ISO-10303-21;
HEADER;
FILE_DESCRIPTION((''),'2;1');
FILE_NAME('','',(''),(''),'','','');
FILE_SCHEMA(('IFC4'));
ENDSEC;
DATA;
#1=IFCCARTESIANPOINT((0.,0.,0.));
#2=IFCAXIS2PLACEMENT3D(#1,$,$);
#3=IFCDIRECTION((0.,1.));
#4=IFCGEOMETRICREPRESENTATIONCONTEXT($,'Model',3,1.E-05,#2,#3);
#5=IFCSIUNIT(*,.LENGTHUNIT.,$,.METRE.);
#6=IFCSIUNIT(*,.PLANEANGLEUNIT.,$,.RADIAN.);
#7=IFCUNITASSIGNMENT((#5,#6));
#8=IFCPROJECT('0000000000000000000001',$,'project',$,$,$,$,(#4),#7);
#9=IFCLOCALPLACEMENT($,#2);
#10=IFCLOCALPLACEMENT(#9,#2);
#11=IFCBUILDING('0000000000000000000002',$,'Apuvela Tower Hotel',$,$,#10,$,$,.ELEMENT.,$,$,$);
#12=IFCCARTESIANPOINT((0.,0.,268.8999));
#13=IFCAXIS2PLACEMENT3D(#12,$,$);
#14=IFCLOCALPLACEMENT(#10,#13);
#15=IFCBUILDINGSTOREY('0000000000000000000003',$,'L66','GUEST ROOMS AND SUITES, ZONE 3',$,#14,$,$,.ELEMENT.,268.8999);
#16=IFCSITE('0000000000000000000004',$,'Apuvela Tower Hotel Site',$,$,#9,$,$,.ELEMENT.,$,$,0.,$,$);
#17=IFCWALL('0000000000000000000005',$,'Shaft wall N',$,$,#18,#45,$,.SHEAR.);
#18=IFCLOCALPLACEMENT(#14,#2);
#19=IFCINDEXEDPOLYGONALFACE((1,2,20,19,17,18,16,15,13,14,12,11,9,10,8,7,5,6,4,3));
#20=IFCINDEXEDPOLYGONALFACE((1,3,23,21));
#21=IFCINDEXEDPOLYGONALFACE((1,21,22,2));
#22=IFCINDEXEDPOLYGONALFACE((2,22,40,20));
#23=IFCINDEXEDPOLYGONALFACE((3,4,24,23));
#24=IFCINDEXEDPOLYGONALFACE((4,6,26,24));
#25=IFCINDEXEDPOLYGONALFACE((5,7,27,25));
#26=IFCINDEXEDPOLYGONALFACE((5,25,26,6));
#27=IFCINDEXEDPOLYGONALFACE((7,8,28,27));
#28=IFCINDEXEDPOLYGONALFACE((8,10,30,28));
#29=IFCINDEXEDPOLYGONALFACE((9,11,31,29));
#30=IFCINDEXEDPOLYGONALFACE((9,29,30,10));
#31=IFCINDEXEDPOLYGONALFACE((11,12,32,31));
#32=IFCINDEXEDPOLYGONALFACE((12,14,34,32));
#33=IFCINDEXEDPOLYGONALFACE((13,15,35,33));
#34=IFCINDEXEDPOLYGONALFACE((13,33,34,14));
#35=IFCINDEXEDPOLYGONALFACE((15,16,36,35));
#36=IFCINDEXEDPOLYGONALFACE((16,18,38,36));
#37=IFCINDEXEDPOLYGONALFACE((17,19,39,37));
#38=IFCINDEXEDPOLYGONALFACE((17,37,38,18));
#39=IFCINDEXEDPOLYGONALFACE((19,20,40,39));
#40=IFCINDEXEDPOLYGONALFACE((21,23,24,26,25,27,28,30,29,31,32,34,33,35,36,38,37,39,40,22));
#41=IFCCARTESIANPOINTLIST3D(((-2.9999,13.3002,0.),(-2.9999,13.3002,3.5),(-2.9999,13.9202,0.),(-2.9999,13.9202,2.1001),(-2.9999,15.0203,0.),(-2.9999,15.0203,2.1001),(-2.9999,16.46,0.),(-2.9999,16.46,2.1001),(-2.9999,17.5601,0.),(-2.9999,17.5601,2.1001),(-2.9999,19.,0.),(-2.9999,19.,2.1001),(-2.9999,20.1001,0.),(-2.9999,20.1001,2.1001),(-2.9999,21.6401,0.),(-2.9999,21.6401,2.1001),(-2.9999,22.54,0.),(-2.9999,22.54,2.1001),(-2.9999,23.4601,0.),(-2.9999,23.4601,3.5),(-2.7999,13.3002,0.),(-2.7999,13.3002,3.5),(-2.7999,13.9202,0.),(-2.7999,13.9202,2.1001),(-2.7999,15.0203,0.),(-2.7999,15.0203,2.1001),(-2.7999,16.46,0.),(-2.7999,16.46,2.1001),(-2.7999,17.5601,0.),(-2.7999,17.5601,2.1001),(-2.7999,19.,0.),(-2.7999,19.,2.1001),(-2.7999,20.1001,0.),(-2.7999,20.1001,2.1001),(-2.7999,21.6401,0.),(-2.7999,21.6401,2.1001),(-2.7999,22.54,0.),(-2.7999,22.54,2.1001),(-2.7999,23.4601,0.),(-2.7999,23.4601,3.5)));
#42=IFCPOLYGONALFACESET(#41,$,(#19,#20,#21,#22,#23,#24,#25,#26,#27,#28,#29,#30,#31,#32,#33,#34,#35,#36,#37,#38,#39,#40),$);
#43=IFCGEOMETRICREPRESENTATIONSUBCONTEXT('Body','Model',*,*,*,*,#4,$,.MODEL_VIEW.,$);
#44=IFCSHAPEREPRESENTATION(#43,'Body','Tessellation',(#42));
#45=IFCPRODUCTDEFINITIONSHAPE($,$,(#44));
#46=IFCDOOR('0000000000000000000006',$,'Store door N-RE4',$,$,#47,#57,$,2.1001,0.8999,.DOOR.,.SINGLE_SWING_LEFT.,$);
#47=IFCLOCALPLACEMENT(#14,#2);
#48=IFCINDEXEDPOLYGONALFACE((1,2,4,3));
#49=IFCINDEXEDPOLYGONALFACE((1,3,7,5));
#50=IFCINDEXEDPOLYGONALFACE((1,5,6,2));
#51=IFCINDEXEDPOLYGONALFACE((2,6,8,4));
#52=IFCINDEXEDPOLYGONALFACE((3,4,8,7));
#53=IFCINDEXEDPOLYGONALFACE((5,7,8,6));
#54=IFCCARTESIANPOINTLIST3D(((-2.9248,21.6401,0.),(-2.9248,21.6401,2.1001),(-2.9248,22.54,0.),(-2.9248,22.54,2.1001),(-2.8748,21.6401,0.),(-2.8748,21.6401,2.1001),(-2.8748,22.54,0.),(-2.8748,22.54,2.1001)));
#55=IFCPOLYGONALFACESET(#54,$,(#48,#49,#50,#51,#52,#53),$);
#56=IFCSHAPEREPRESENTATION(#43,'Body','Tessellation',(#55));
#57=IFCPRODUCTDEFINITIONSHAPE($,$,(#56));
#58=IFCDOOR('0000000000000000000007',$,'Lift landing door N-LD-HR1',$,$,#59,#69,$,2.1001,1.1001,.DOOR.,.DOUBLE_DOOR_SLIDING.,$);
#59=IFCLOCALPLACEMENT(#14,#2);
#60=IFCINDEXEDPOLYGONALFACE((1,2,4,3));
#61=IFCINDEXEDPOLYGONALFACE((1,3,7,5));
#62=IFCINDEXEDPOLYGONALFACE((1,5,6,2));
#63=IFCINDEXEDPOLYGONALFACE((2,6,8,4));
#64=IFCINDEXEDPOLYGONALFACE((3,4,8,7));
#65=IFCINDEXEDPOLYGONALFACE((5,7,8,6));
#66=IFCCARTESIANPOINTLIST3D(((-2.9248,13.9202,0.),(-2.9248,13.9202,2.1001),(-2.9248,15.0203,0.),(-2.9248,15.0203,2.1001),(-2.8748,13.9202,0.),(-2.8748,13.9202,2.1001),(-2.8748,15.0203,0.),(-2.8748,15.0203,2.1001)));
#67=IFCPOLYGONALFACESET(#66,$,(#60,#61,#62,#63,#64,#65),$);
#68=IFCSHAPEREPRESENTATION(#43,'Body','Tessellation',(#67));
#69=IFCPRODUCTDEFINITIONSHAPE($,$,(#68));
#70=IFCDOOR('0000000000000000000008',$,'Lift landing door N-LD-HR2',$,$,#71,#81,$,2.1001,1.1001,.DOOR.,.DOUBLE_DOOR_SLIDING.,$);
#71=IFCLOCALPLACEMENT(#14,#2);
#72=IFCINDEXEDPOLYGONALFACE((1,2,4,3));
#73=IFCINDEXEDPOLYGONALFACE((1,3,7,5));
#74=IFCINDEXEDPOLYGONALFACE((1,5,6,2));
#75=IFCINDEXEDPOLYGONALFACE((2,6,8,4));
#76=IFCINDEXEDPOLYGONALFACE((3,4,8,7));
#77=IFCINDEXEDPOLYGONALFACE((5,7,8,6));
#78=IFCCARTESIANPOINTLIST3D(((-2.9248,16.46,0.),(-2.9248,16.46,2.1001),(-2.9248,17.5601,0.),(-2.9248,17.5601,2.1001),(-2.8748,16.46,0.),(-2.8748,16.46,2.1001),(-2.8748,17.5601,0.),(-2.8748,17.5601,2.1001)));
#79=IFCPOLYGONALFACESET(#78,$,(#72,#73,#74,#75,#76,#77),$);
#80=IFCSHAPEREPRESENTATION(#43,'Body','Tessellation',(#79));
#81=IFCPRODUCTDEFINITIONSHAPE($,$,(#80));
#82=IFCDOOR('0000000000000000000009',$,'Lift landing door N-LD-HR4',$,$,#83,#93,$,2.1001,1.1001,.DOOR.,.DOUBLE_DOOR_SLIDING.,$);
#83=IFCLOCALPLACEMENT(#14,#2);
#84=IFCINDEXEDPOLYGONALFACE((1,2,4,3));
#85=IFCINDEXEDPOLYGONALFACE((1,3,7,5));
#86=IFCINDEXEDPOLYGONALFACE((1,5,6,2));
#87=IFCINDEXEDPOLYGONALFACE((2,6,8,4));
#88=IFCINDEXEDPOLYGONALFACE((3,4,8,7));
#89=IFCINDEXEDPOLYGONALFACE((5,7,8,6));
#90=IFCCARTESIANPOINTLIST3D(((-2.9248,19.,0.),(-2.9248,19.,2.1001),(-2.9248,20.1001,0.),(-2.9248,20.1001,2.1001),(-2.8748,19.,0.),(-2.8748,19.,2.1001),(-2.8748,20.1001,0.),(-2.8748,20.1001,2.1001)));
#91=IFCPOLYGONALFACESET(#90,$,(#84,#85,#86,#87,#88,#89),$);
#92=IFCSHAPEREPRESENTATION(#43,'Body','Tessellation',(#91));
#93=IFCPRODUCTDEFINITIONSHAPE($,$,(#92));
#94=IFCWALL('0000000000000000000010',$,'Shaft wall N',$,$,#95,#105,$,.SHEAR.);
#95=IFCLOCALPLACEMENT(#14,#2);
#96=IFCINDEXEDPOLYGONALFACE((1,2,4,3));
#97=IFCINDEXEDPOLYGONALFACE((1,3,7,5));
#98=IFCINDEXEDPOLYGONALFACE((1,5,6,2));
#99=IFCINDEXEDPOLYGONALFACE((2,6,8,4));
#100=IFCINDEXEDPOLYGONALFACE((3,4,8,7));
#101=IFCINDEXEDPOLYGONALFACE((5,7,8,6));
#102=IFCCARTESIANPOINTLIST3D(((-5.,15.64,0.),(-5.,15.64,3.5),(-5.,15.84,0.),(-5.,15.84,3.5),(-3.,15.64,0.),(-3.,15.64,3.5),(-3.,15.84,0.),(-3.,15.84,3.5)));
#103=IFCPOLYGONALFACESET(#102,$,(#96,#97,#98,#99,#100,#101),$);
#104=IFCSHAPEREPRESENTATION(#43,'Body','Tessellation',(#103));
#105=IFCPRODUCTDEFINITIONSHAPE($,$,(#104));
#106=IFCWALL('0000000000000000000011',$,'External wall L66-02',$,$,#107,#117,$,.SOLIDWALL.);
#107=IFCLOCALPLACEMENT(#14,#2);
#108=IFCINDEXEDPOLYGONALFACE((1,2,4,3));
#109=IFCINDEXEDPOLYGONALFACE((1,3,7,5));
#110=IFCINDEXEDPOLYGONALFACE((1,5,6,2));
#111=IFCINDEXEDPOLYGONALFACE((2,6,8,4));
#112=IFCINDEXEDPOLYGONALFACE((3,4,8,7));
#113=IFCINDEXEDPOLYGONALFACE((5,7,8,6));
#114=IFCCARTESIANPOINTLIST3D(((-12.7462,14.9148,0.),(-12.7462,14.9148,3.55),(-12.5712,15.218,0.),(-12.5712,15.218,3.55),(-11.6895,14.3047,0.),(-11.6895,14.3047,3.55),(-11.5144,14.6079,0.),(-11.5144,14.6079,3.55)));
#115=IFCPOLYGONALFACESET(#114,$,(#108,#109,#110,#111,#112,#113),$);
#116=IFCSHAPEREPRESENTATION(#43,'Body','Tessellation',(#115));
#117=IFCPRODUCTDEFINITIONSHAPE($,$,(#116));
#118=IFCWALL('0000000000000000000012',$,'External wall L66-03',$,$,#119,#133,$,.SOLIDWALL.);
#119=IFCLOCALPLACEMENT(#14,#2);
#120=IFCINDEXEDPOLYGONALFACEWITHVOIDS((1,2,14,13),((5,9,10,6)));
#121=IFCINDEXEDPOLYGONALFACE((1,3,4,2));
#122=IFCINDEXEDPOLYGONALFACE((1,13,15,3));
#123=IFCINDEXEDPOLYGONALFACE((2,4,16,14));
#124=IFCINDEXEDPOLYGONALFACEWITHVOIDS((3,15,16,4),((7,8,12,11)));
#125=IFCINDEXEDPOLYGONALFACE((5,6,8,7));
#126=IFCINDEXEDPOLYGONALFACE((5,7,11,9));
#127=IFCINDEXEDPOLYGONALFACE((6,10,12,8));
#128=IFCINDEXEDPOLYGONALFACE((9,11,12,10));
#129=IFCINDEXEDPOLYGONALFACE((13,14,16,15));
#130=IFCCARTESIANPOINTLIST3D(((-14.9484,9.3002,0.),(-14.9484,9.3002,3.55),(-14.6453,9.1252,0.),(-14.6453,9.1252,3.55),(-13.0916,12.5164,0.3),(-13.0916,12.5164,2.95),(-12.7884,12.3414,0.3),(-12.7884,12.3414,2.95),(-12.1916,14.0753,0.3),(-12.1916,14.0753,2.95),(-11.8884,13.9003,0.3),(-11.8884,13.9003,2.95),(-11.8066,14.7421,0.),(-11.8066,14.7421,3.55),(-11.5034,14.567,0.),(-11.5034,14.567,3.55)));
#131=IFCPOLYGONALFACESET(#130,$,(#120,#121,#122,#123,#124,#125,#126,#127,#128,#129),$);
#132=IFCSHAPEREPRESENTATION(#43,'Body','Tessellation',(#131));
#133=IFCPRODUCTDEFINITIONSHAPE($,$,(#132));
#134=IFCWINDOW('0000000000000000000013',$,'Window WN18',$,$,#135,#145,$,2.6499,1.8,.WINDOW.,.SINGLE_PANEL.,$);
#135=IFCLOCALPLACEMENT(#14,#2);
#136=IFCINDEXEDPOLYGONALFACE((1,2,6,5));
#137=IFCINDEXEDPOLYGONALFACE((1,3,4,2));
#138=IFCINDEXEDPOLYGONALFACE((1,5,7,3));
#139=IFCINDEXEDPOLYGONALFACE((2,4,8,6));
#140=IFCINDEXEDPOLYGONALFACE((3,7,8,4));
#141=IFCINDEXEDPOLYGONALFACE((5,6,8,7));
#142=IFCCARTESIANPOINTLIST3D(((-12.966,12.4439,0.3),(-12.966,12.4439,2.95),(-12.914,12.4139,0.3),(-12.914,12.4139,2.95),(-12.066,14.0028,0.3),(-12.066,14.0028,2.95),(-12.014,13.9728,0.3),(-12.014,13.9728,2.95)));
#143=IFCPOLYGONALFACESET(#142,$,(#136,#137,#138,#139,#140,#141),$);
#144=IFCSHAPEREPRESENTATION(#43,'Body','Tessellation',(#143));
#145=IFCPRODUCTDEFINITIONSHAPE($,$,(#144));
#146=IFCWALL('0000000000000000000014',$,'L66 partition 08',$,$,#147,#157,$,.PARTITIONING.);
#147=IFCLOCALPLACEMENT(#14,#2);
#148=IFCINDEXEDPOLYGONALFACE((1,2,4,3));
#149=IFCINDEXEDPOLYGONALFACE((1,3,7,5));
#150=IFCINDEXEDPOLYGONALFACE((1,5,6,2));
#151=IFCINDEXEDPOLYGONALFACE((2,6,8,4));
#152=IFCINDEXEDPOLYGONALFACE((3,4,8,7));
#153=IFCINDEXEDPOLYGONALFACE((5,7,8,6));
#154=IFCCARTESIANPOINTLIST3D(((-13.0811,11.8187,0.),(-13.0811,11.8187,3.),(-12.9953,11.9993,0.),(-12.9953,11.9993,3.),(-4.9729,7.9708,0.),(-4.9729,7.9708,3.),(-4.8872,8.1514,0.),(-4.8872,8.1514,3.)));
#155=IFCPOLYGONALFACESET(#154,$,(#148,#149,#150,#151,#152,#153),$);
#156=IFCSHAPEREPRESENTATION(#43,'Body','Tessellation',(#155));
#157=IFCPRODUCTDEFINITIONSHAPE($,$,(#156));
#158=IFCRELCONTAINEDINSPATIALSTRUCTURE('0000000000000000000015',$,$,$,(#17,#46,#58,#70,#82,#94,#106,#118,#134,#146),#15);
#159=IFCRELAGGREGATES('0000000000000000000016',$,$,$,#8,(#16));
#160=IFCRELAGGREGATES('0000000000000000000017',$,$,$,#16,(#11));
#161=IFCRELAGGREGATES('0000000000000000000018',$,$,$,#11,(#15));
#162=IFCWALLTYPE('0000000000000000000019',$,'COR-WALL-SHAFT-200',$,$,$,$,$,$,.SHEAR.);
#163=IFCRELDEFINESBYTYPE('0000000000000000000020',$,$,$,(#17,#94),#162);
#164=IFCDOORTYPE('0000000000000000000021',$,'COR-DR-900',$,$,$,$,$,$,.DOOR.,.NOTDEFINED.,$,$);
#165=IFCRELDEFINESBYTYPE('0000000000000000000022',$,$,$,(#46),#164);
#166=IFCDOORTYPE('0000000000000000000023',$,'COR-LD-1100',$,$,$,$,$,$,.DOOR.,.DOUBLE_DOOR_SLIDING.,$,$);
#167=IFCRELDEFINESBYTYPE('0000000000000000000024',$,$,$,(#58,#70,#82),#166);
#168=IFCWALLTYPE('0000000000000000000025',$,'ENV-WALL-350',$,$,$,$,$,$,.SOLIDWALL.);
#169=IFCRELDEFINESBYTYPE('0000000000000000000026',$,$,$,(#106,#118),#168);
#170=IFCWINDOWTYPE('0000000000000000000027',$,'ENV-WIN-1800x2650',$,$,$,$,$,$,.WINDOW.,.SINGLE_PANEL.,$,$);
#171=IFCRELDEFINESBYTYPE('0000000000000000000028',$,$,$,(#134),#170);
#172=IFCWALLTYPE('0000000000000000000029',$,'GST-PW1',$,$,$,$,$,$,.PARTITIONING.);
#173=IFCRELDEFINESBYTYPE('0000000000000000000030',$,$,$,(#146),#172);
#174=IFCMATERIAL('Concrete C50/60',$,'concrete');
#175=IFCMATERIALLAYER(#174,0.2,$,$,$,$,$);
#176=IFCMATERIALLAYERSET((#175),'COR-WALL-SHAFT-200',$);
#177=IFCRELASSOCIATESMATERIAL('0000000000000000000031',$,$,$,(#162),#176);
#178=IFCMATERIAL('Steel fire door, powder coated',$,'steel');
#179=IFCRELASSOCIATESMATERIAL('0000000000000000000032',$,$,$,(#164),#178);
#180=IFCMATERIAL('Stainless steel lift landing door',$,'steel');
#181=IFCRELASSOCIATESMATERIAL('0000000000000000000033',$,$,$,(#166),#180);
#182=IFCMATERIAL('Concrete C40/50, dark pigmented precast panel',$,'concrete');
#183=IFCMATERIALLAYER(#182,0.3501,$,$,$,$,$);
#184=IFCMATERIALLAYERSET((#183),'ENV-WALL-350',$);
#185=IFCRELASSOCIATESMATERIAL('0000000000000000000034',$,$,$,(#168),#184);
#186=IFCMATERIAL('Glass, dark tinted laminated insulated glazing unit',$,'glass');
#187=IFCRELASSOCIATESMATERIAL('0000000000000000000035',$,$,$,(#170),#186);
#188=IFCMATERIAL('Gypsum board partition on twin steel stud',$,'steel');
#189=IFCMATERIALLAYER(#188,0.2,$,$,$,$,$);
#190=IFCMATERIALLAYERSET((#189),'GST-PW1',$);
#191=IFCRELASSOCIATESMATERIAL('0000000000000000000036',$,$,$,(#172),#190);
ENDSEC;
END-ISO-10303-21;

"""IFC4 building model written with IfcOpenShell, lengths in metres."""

from ifc_helpers import new_model, si_unit, direction, frame, frame_2d, origin, place, context, subcontext, project, spatial, rectangle, extrude, material, layer, layer_set, type_object, element, fill, save


model = new_model("IFC4")

# Units and contexts
model_context = context("Model", 3, precision=1e-05, world=origin(), true_north=direction((0.0, 1.0)))
body_context = subcontext(model_context, "Body", "Model", "MODEL_VIEW")
ifc_project = project(units=[si_unit("LENGTHUNIT", "METRE"), si_unit("PLANEANGLEUNIT", "RADIAN")], contexts=[model_context])

# Site, building, storey
site_placement = place(None, origin())
site = spatial("IfcSite", under=ifc_project, at=site_placement, Name="Apuvela Tower Hotel Site", CompositionType="ELEMENT", RefElevation=0.0)
building_placement = place(site_placement, origin())
building = spatial("IfcBuilding", under=site, at=building_placement, Name="Apuvela Tower Hotel", CompositionType="ELEMENT")
storey_placement = place(building_placement, frame((0.0, 0.0, 268.8999)))
storey = spatial("IfcBuildingStorey", under=building, at=storey_placement, Name="L66", Description="GUEST ROOMS AND SUITES, ZONE 3", CompositionType="ELEMENT", Elevation=268.8999)

# Shared definitions
ifc_material_1 = material(Name="Concrete C50/60", Category="concrete")
ifc_layer_1 = layer(ifc_material_1, 0.2)
ifc_layer_set_1 = layer_set([ifc_layer_1], Name="COR-WALL-SHAFT-200")
wall_type_1 = type_object("IfcWallType", Name="COR-WALL-SHAFT-200", PredefinedType="SHEAR", material=ifc_layer_set_1)

# Wall, openings, doors
wall_1_placement = place(storey_placement, frame((-2.8999, 13.3, 0.0), z_axis=(0.0, 0.0, 1.0), x_axis=(0.0, 1.0, 0.0)))
wall_1 = element("IfcWall", 1, at=wall_1_placement, inside=storey, type_object=wall_type_1, Name="Shaft wall N", PredefinedType="SHEAR", context=body_context, shape_type="SweptSolid", body=[
    extrude(rectangle(XDim=10.1599, YDim=0.2, at=frame_2d((5.0801, 0.0))), origin(), (0.0, 0.0, 1.0), 3.5),
])
opening_1_placement = place(wall_1_placement, frame((0.6201, 0.0, 0.0)))
opening_1 = element("IfcOpeningElement", 2, at=opening_1_placement, cuts=wall_1, PredefinedType="OPENING", context=body_context, shape_type="SweptSolid", body=[
    extrude(rectangle(XDim=1.1001, YDim=2.1001, at=frame_2d((0.55, 1.05))), frame((0.0, 0.1099, 0.0), z_axis=(0.0, -1.0, 0.0), x_axis=(1.0, 0.0, 0.0)), (0.0, 0.0, 1.0), 0.22),
])
opening_2_placement = place(wall_1_placement, frame((3.1599, 0.0, 0.0)))
opening_2 = element("IfcOpeningElement", 3, at=opening_2_placement, cuts=wall_1, PredefinedType="OPENING", context=body_context, shape_type="SweptSolid", body=[
    extrude(rectangle(XDim=1.1001, YDim=2.1001, at=frame_2d((0.55, 1.05))), frame((0.0, 0.1099, 0.0), z_axis=(0.0, -1.0, 0.0), x_axis=(1.0, 0.0, 0.0)), (0.0, 0.0, 1.0), 0.22),
])
opening_3_placement = place(wall_1_placement, frame((5.7, 0.0, 0.0)))
opening_3 = element("IfcOpeningElement", 4, at=opening_3_placement, cuts=wall_1, PredefinedType="OPENING", context=body_context, shape_type="SweptSolid", body=[
    extrude(rectangle(XDim=1.1001, YDim=2.1001, at=frame_2d((0.55, 1.05))), frame((0.0, 0.1099, 0.0), z_axis=(0.0, -1.0, 0.0), x_axis=(1.0, 0.0, 0.0)), (0.0, 0.0, 1.0), 0.22),
])
opening_4_placement = place(wall_1_placement, frame((8.3401, 0.0, 0.0)))
opening_4 = element("IfcOpeningElement", 5, at=opening_4_placement, cuts=wall_1, PredefinedType="OPENING", context=body_context, shape_type="SweptSolid", body=[
    extrude(rectangle(XDim=0.8999, YDim=2.1001, at=frame_2d((0.45, 1.05))), frame((0.0, 0.1099, 0.0), z_axis=(0.0, -1.0, 0.0), x_axis=(1.0, 0.0, 0.0)), (0.0, 0.0, 1.0), 0.22),
])
ifc_material_2 = material(Name="Steel fire door, powder coated", Category="steel")
door_type_1 = type_object("IfcDoorType", Name="COR-DR-900", OperationType="NOTDEFINED", PredefinedType="DOOR", material=ifc_material_2)
door_1_placement = place(opening_4_placement, origin())
door_1 = element("IfcDoor", 6, at=door_1_placement, inside=storey, type_object=door_type_1, Name="Store door N-RE4", OperationType="SINGLE_SWING_LEFT", OverallHeight=2.1001, OverallWidth=0.8999, PredefinedType="DOOR", context=body_context, shape_type="SweptSolid", body=[
    extrude(rectangle(XDim=0.8999, YDim=2.1001, at=frame_2d((0.45, 1.05))), frame((0.0, 0.0249, 0.0), z_axis=(0.0, -1.0, 0.0), x_axis=(1.0, 0.0, 0.0)), (0.0, 0.0, 1.0), 0.05),
])
fill(opening_4, door_1)
ifc_material_3 = material(Name="Stainless steel lift landing door", Category="steel")
door_type_2 = type_object("IfcDoorType", Name="COR-LD-1100", OperationType="DOUBLE_DOOR_SLIDING", PredefinedType="DOOR", material=ifc_material_3)
door_2_placement = place(opening_1_placement, origin())
door_2 = element("IfcDoor", 7, at=door_2_placement, inside=storey, type_object=door_type_2, Name="Lift landing door N-LD-HR1", OperationType="DOUBLE_DOOR_SLIDING", OverallHeight=2.1001, OverallWidth=1.1001, PredefinedType="DOOR", context=body_context, shape_type="SweptSolid", body=[
    extrude(rectangle(XDim=1.1001, YDim=2.1001, at=frame_2d((0.55, 1.05))), frame((0.0, 0.0249, 0.0), z_axis=(0.0, -1.0, 0.0), x_axis=(1.0, 0.0, 0.0)), (0.0, 0.0, 1.0), 0.05),
])
fill(opening_1, door_2)
door_3_placement = place(opening_2_placement, origin())
door_3 = element("IfcDoor", 8, at=door_3_placement, inside=storey, type_object=door_type_2, Name="Lift landing door N-LD-HR2", OperationType="DOUBLE_DOOR_SLIDING", OverallHeight=2.1001, OverallWidth=1.1001, PredefinedType="DOOR", context=body_context, shape_type="SweptSolid", body=[
    extrude(rectangle(XDim=1.1001, YDim=2.1001, at=frame_2d((0.55, 1.05))), frame((0.0, 0.0249, 0.0), z_axis=(0.0, -1.0, 0.0), x_axis=(1.0, 0.0, 0.0)), (0.0, 0.0, 1.0), 0.05),
])
fill(opening_2, door_3)
door_4_placement = place(opening_3_placement, origin())
door_4 = element("IfcDoor", 9, at=door_4_placement, inside=storey, type_object=door_type_2, Name="Lift landing door N-LD-HR4", OperationType="DOUBLE_DOOR_SLIDING", OverallHeight=2.1001, OverallWidth=1.1001, PredefinedType="DOOR", context=body_context, shape_type="SweptSolid", body=[
    extrude(rectangle(XDim=1.1001, YDim=2.1001, at=frame_2d((0.55, 1.05))), frame((0.0, 0.0249, 0.0), z_axis=(0.0, -1.0, 0.0), x_axis=(1.0, 0.0, 0.0)), (0.0, 0.0, 1.0), 0.05),
])
fill(opening_3, door_4)

# Walls
wall_2_placement = place(storey_placement, frame((-3.0, 15.74, 0.0), z_axis=(0.0, 0.0, 1.0), x_axis=(-1.0, 0.0, 0.0)))
element("IfcWall", 10, at=wall_2_placement, inside=storey, type_object=wall_type_1, Name="Shaft wall N", PredefinedType="SHEAR", context=body_context, shape_type="SweptSolid", body=[
    extrude(rectangle(XDim=2.0, YDim=0.2, at=frame_2d((1.0, 0.0))), origin(), (0.0, 0.0, 1.0), 3.5),
])
ifc_material_4 = material(Name="Concrete C40/50, dark pigmented precast panel", Category="concrete")
ifc_layer_2 = layer(ifc_material_4, 0.3501)
ifc_layer_set_2 = layer_set([ifc_layer_2], Name="ENV-WALL-350")
wall_type_2 = type_object("IfcWallType", Name="ENV-WALL-350", PredefinedType="SOLIDWALL", material=ifc_layer_set_2)
wall_3_placement = place(storey_placement, frame((-12.6587, 15.0664, 0.0), z_axis=(0.0, 0.0, 1.0), x_axis=(0.866006, -0.500034, 0.0)))
element("IfcWall", 11, at=wall_3_placement, inside=storey, type_object=wall_type_2, Name="External wall L66-02", PredefinedType="SOLIDWALL", context=body_context, shape_type="SweptSolid", body=[
    extrude(rectangle(XDim=1.2202, YDim=0.3501, at=frame_2d((0.6101, 0.0))), origin(), (0.0, 0.0, 1.0), 3.55),
])

# Wall, opening, window
wall_4_placement = place(storey_placement, frame((-11.655, 14.6545, 0.0), z_axis=(0.0, 0.0, 1.0), x_axis=(-0.499996, -0.866028, 0.0)))
wall_4 = element("IfcWall", 12, at=wall_4_placement, inside=storey, type_object=wall_type_2, Name="External wall L66-03", PredefinedType="SOLIDWALL", context=body_context, shape_type="SweptSolid", body=[
    extrude(rectangle(XDim=6.2837, YDim=0.3501, at=frame_2d((3.1418, 0.0))), origin(), (0.0, 0.0, 1.0), 3.55),
])
opening_5_placement = place(wall_4_placement, frame((0.77, 0.0, 0.3)))
opening_5 = element("IfcOpeningElement", 13, at=opening_5_placement, cuts=wall_4, PredefinedType="OPENING", context=body_context, shape_type="SweptSolid", body=[
    extrude(rectangle(XDim=1.8, YDim=2.6499, at=frame_2d((0.8999, 1.325))), frame((0.0, 0.1851, 0.0), z_axis=(0.0, -1.0, 0.0), x_axis=(1.0, 0.0, 0.0)), (0.0, 0.0, 1.0), 0.3701),
])
ifc_material_5 = material(Name="Glass, dark tinted laminated insulated glazing unit", Category="glass")
window_type = type_object("IfcWindowType", Name="ENV-WIN-1800x2650", PartitioningType="SINGLE_PANEL", PredefinedType="WINDOW", material=ifc_material_5)
window_placement = place(opening_5_placement, origin())
window = element("IfcWindow", 14, at=window_placement, inside=storey, type_object=window_type, Name="Window WN18", OverallHeight=2.6499, OverallWidth=1.8, PartitioningType="SINGLE_PANEL", PredefinedType="WINDOW", context=body_context, shape_type="SweptSolid", body=[
    extrude(rectangle(XDim=1.8, YDim=2.6499, at=frame_2d((0.8999, 1.325))), frame((0.0, 0.03, 0.0), z_axis=(0.0, -1.0, 0.0), x_axis=(1.0, 0.0, 0.0)), (0.0, 0.0, 1.0), 0.0601),
])
fill(opening_5, window)

# Wall
ifc_material_6 = material(Name="Gypsum board partition on twin steel stud", Category="steel")
ifc_layer_3 = layer(ifc_material_6, 0.2)
ifc_layer_set_3 = layer_set([ifc_layer_3], Name="GST-PW1")
wall_type_3 = type_object("IfcWallType", Name="GST-PW1", PredefinedType="PARTITIONING", material=ifc_layer_set_3)
wall_5_placement = place(storey_placement, frame((-13.0381, 11.9089, 0.0), z_axis=(0.0, 0.0, 1.0), x_axis=(0.903427, -0.428741, 0.0)))
element("IfcWall", 15, at=wall_5_placement, inside=storey, type_object=wall_type_3, Name="L66 partition 08", PredefinedType="PARTITIONING", context=body_context, shape_type="SweptSolid", body=[
    extrude(rectangle(XDim=8.9749, YDim=0.2, at=frame_2d((4.4873, 0.0))), origin(), (0.0, 0.0, 1.0), 3.0),
])

save(model, "model.ifc")
